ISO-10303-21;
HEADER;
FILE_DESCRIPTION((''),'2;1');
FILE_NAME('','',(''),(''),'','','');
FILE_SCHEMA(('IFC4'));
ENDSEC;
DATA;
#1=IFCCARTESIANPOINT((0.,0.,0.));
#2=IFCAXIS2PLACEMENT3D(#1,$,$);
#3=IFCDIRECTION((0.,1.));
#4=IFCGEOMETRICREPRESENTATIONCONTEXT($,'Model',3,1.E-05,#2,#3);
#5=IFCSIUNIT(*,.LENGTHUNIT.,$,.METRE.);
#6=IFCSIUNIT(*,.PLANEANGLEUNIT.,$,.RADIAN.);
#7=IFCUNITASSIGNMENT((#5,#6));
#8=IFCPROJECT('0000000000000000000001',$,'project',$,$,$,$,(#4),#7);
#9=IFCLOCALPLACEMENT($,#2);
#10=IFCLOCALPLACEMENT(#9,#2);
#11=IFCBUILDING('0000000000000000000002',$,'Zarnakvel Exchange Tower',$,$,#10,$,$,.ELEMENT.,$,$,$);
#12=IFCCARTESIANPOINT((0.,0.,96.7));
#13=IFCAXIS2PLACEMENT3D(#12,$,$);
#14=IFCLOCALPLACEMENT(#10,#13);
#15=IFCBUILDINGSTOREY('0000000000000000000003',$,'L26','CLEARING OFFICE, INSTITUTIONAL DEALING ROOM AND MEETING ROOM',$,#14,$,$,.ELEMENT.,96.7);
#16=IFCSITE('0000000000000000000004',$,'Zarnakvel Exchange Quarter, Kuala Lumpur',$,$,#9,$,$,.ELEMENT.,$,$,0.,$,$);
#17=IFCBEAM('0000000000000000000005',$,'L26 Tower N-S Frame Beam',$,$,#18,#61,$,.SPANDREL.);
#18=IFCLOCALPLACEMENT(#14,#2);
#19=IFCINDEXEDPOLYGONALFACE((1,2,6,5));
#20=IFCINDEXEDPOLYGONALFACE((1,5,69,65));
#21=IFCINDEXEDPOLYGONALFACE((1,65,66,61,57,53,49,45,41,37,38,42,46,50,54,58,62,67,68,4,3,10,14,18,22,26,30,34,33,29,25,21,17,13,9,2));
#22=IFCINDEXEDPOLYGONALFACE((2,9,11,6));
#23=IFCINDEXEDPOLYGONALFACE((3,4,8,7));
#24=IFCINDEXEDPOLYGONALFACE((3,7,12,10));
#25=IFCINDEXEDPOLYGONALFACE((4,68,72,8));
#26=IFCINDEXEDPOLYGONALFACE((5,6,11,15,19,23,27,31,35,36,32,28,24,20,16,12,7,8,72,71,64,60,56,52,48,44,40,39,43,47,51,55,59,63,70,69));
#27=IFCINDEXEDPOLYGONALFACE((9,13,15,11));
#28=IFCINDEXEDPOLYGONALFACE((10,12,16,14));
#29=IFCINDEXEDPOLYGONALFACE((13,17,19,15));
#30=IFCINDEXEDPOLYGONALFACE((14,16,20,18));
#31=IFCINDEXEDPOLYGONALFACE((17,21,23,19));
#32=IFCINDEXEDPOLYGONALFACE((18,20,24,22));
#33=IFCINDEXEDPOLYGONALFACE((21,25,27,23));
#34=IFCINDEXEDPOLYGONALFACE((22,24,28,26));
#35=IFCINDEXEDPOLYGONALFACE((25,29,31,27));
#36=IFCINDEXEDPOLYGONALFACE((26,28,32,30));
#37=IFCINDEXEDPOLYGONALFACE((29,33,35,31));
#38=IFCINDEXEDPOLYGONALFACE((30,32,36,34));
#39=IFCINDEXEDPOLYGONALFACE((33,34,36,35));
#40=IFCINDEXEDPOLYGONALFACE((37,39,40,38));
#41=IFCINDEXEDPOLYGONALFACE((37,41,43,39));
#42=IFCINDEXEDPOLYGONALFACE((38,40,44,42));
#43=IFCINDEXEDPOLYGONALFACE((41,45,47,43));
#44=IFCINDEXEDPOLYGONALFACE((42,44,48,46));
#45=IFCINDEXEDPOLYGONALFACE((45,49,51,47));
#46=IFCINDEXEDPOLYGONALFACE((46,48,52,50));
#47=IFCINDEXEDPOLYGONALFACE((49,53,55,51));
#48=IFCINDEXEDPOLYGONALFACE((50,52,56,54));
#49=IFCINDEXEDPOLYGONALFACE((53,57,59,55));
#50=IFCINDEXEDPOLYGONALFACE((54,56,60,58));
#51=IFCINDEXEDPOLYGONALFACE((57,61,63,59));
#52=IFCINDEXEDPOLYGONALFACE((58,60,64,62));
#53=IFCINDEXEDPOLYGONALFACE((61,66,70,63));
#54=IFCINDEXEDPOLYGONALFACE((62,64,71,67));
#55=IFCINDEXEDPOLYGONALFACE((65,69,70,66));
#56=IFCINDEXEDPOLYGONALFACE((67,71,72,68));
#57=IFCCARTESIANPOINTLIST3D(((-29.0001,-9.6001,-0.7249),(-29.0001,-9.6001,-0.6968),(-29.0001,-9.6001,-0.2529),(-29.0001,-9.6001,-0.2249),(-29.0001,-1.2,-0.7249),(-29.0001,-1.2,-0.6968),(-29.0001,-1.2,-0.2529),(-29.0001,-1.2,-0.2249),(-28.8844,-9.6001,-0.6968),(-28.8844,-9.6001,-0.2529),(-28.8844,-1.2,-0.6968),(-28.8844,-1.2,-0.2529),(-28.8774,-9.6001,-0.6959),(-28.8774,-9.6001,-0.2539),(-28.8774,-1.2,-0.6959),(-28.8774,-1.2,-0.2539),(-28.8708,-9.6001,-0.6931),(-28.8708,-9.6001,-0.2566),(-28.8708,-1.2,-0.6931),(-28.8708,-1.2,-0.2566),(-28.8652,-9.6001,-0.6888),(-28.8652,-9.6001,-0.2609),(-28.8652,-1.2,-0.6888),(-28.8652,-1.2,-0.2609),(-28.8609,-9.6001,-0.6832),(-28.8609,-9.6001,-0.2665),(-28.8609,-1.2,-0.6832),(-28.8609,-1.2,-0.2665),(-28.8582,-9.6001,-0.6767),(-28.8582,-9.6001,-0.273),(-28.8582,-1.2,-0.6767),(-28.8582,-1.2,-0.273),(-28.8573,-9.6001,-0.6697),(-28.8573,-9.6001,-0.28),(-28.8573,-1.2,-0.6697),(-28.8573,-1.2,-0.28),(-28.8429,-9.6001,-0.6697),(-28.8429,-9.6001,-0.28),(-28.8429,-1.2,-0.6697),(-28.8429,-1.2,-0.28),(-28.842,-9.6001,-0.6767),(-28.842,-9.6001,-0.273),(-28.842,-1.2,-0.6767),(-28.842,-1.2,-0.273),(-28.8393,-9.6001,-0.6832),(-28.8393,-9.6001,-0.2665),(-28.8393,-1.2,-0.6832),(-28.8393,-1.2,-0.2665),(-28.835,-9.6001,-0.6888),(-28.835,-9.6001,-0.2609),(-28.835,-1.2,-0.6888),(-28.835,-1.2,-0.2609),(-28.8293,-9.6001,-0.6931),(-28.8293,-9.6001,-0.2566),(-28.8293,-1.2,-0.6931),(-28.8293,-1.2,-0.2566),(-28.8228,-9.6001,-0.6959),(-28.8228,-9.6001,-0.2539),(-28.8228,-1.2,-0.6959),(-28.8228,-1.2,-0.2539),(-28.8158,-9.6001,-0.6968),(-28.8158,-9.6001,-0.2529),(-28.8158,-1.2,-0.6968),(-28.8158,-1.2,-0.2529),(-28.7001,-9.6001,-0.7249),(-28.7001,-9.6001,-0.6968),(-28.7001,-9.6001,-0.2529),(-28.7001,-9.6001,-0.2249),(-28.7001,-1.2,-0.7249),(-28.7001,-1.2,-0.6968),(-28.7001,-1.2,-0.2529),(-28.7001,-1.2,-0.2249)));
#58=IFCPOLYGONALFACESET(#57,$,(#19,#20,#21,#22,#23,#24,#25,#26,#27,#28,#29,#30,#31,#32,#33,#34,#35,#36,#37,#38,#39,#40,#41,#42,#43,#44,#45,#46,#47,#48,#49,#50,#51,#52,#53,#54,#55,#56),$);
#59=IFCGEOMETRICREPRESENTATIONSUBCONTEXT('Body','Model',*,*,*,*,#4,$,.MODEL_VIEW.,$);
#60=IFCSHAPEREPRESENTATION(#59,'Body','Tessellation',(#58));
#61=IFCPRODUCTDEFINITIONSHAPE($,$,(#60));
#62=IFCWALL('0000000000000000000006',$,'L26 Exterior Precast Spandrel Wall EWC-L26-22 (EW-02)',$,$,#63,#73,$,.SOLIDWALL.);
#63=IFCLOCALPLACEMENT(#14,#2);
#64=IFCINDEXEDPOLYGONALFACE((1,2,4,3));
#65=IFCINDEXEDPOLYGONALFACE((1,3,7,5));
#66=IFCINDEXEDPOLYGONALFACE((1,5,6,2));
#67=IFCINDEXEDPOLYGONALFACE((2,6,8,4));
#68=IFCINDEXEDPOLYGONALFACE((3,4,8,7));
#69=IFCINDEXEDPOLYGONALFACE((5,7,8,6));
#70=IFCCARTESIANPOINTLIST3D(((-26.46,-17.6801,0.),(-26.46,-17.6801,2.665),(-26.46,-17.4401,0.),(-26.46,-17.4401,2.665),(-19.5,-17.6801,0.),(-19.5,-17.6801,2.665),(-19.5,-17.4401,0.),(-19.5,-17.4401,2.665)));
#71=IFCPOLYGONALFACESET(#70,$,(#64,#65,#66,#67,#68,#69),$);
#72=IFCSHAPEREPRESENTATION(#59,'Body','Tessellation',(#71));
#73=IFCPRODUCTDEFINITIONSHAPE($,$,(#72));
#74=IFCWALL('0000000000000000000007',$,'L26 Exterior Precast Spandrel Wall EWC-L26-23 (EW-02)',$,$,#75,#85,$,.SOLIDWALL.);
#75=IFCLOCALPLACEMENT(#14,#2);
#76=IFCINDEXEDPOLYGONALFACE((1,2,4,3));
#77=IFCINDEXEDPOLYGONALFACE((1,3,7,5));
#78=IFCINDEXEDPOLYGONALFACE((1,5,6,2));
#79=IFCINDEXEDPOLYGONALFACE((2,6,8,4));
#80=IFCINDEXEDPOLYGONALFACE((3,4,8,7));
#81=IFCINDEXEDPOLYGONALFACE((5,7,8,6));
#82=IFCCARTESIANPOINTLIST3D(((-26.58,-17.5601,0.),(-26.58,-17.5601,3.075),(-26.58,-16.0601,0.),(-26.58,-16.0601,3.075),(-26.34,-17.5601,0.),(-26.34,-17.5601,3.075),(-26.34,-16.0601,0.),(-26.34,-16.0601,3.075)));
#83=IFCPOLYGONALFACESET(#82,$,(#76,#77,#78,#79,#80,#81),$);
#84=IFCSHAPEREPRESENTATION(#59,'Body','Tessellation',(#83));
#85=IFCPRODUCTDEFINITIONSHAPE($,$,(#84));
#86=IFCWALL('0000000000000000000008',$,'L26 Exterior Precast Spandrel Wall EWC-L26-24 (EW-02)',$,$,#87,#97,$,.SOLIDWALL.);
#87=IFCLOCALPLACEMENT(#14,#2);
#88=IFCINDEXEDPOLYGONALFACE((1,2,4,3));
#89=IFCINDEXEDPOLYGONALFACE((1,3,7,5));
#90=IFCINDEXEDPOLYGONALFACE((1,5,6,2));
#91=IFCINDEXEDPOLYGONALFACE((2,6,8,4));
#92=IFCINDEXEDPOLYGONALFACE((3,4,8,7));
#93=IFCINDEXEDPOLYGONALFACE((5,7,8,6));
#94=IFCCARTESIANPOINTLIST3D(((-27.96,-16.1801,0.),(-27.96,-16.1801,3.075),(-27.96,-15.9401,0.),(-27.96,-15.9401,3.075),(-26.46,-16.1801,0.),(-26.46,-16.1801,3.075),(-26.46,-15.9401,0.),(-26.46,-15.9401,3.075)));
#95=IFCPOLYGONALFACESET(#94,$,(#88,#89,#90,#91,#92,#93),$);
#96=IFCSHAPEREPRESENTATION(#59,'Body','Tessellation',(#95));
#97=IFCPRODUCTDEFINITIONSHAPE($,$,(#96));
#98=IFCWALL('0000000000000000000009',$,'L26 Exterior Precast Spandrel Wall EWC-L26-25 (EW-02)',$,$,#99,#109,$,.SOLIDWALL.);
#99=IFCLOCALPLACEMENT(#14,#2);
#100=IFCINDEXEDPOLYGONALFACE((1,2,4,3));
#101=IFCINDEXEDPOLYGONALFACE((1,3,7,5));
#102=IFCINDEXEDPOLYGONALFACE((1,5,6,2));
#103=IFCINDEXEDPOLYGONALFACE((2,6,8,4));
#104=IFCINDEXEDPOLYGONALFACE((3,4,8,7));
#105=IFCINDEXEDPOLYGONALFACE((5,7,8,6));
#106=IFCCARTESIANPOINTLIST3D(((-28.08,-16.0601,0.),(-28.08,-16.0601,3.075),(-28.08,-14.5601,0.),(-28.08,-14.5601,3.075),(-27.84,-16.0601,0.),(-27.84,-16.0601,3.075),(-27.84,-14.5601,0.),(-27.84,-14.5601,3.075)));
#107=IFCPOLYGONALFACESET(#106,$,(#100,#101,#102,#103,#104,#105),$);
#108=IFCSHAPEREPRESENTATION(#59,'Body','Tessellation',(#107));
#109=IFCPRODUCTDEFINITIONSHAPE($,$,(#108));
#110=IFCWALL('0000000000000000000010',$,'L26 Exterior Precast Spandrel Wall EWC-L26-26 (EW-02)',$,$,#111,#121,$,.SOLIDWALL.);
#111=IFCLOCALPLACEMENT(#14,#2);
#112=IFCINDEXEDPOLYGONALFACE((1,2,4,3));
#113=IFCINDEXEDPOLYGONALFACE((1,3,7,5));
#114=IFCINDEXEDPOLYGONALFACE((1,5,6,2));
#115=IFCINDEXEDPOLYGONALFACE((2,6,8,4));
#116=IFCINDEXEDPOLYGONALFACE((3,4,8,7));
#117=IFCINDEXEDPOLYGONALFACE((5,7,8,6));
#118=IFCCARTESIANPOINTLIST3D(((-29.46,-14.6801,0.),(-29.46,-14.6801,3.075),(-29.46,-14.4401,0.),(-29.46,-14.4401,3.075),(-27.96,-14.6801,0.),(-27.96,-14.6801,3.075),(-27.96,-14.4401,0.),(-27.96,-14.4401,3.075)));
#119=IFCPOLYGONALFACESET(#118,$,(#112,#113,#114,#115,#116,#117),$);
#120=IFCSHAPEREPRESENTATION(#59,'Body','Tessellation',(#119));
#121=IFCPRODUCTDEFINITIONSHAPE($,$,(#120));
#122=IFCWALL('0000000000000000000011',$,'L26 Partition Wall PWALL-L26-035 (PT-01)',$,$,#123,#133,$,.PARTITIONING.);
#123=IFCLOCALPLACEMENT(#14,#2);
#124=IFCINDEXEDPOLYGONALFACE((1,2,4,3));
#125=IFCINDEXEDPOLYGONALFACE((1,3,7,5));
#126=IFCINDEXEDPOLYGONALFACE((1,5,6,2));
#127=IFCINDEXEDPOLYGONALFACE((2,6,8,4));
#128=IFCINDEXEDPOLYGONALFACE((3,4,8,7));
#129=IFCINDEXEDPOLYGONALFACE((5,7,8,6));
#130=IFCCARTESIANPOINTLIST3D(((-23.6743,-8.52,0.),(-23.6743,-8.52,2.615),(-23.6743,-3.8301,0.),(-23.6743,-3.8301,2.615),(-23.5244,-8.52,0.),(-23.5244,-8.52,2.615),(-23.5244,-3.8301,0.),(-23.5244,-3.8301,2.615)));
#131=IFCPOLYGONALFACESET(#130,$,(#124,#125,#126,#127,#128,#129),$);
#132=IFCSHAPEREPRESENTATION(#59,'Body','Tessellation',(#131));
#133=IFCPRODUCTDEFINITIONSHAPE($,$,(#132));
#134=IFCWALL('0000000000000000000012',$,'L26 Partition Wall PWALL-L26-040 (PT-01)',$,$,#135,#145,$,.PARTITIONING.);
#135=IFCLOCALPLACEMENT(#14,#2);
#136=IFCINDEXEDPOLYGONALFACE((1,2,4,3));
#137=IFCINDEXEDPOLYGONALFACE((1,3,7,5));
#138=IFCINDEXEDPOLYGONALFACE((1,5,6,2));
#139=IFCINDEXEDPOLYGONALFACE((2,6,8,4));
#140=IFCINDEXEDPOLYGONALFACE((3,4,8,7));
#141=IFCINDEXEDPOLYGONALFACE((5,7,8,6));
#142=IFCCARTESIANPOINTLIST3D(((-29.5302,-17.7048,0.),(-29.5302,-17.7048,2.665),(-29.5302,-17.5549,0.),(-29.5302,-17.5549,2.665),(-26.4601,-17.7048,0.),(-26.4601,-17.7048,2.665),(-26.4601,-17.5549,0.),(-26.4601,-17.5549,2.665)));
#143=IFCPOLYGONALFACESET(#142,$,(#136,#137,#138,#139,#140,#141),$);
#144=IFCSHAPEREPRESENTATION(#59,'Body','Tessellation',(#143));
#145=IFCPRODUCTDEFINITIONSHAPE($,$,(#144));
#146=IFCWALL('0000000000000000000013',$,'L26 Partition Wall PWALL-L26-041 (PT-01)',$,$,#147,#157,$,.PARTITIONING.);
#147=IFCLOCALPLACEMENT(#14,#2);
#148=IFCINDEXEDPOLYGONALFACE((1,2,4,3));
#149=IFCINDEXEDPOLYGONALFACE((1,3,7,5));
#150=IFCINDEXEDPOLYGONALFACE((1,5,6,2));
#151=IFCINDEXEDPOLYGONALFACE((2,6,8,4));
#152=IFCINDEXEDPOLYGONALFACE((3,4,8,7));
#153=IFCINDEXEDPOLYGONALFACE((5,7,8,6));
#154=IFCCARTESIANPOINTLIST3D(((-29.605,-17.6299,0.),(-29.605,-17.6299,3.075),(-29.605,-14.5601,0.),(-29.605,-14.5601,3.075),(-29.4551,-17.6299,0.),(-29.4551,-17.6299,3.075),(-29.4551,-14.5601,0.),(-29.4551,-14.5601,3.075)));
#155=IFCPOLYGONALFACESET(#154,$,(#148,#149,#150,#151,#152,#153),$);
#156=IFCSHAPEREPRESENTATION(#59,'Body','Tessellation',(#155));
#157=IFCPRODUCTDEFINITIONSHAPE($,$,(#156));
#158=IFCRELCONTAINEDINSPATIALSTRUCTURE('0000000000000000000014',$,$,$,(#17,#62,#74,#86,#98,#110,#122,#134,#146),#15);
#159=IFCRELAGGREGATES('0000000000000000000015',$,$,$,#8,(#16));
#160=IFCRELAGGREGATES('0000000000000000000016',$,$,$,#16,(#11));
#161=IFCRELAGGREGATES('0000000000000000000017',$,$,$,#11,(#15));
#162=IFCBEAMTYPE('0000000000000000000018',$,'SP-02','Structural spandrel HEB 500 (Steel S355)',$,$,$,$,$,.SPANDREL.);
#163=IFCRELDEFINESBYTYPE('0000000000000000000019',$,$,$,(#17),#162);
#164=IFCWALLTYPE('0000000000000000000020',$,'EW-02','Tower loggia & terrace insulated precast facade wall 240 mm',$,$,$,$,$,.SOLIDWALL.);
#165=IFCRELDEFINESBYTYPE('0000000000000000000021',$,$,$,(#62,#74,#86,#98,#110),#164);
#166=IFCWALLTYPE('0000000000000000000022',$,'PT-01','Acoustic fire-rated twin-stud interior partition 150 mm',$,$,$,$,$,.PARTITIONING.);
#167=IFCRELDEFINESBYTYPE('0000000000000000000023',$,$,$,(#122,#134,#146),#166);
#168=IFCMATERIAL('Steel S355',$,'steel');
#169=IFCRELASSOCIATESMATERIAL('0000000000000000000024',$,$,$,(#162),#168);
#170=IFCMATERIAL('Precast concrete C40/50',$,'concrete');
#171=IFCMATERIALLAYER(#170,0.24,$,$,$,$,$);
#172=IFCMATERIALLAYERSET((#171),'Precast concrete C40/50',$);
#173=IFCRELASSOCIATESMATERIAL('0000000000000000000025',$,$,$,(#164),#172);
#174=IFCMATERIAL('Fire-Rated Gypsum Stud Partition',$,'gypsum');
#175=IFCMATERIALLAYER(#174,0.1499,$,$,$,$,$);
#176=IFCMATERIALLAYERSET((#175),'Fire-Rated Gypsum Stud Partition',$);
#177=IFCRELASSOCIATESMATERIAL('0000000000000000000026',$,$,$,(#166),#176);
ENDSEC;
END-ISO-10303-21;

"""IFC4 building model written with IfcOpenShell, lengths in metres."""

from ifc_helpers import new_model, si_unit, direction, frame, frame_2d, origin, origin_2d, place, context, subcontext, project, spatial, rectangle, i_section, extrude, material, layer, layer_set, material_profile, profile_set, type_object, element, save


model = new_model("IFC4")

# Units and contexts
model_context = context("Model", 3, precision=1e-05, world=origin(), true_north=direction((0.0, 1.0)))
body_context = subcontext(model_context, "Body", "Model", "MODEL_VIEW")
ifc_project = project(units=[si_unit("LENGTHUNIT", "METRE"), si_unit("PLANEANGLEUNIT", "RADIAN")], contexts=[model_context])

# Site, building, storey
site_placement = place(None, origin())
site = spatial("IfcSite", under=ifc_project, at=site_placement, Name="Zarnakvel Exchange Quarter, Kuala Lumpur", CompositionType="ELEMENT", RefElevation=0.0)
building_placement = place(site_placement, origin())
building = spatial("IfcBuilding", under=site, at=building_placement, Name="Zarnakvel Exchange Tower", CompositionType="ELEMENT")
storey_placement = place(building_placement, frame((0.0, 0.0, 96.7)))
storey = spatial("IfcBuildingStorey", under=building, at=storey_placement, Name="L26", Description="CLEARING OFFICE, INSTITUTIONAL DEALING ROOM AND MEETING ROOM", CompositionType="ELEMENT", Elevation=96.7)

# Shared definitions
ifc_material_1 = material(Name="Steel S355", Category="steel")

# Beam
ifc_material_profile_1 = material_profile(ifc_material_1, i_section(OverallWidth=0.3, OverallDepth=0.5, WebThickness=0.0144, FlangeThickness=0.0281, FilletRadius=0.0271, at=origin_2d()))
ifc_profile_set_1 = profile_set([ifc_material_profile_1], Name="Steel S355")
beam_type_1 = type_object("IfcBeamType", Name="SP-02", Description="Structural spandrel HEB 500 (Steel S355)", PredefinedType="SPANDREL", material=ifc_profile_set_1)
beam_1_placement = place(storey_placement, frame((-28.8501, -9.6001, -0.4749), z_axis=(0.0, 1.0, 0.0), x_axis=(-1.0, 0.0, 0.0)))
element("IfcBeam", 1, at=beam_1_placement, inside=storey, type_object=beam_type_1, Name="L26 Tower N-S Frame Beam", PredefinedType="SPANDREL", context=body_context, shape_type="SweptSolid", body=[
    extrude(i_section(OverallWidth=0.3, OverallDepth=0.5, WebThickness=0.0144, FlangeThickness=0.0281, FilletRadius=0.0271, at=origin_2d()), origin(), (0.0, 0.0, 1.0), 8.4001),
])

# Walls
ifc_material_2 = material(Name="Precast concrete C40/50", Category="concrete")
ifc_layer_1 = layer(ifc_material_2, 0.24)
ifc_layer_set_1 = layer_set([ifc_layer_1], Name="Precast concrete C40/50")
wall_type_1 = type_object("IfcWallType", Name="EW-02", Description="Tower loggia & terrace insulated precast facade wall 240 mm", PredefinedType="SOLIDWALL", material=ifc_layer_set_1)
wall_1_placement = place(storey_placement, frame((-26.46, -17.5601, 0.0), z_axis=(0.0, 0.0, 1.0), x_axis=(1.0, 0.0, 0.0)))
element("IfcWall", 2, at=wall_1_placement, inside=storey, type_object=wall_type_1, Name="L26 Exterior Precast Spandrel Wall EWC-L26-22 (EW-02)", PredefinedType="SOLIDWALL", context=body_context, shape_type="SweptSolid", body=[
    extrude(rectangle(XDim=6.96, YDim=0.24, at=frame_2d((3.48, 0.0))), origin(), (0.0, 0.0, 1.0), 2.665),
])
for number, where, z_axis, x_axis, name in (
    (3, (-26.46, -16.0601, 0.0), (0.0, 0.0, 1.0), (0.0, -1.0, 0.0), "L26 Exterior Precast Spandrel Wall EWC-L26-23 (EW-02)"),
    (4, (-27.96, -16.0601, 0.0), (0.0, 0.0, 1.0), (1.0, 0.0, 0.0), "L26 Exterior Precast Spandrel Wall EWC-L26-24 (EW-02)"),
    (5, (-27.96, -14.5601, 0.0), (0.0, 0.0, 1.0), (0.0, -1.0, 0.0), "L26 Exterior Precast Spandrel Wall EWC-L26-25 (EW-02)"),
    (6, (-29.46, -14.5601, 0.0), (0.0, 0.0, 1.0), (1.0, 0.0, 0.0), "L26 Exterior Precast Spandrel Wall EWC-L26-26 (EW-02)"),
):
    element("IfcWall", number, at=place(storey_placement, frame(where, z_axis=z_axis, x_axis=x_axis)), inside=storey, type_object=wall_type_1, Name=name, PredefinedType="SOLIDWALL", context=body_context, shape_type="SweptSolid", body=[
        extrude(rectangle(XDim=1.5, YDim=0.24, at=frame_2d((0.75, 0.0))), origin(), (0.0, 0.0, 1.0), 3.075),
    ])
ifc_material_3 = material(Name="Fire-Rated Gypsum Stud Partition", Category="gypsum")
ifc_layer_2 = layer(ifc_material_3, 0.1499)
ifc_layer_set_2 = layer_set([ifc_layer_2], Name="Fire-Rated Gypsum Stud Partition")
wall_type_2 = type_object("IfcWallType", Name="PT-01", Description="Acoustic fire-rated twin-stud interior partition 150 mm", PredefinedType="PARTITIONING", material=ifc_layer_set_2)
wall_2_placement = place(storey_placement, frame((-23.5994, -8.52, 0.0), z_axis=(0.0, 0.0, 1.0), x_axis=(0.0, 1.0, 0.0)))
element("IfcWall", 7, at=wall_2_placement, inside=storey, type_object=wall_type_2, Name="L26 Partition Wall PWALL-L26-035 (PT-01)", PredefinedType="PARTITIONING", context=body_context, shape_type="SweptSolid", body=[
    extrude(rectangle(XDim=4.6899, YDim=0.1499, at=frame_2d((2.345, 0.0))), origin(), (0.0, 0.0, 1.0), 2.615),
])
wall_3_placement = place(storey_placement, frame((-26.46, -17.6299, 0.0), z_axis=(0.0, 0.0, 1.0), x_axis=(-1.0, 0.0, 0.0)))
element("IfcWall", 8, at=wall_3_placement, inside=storey, type_object=wall_type_2, Name="L26 Partition Wall PWALL-L26-040 (PT-01)", PredefinedType="PARTITIONING", context=body_context, shape_type="SweptSolid", body=[
    extrude(rectangle(XDim=3.0701, YDim=0.1499, at=frame_2d((1.5352, 0.0))), origin(), (0.0, 0.0, 1.0), 2.665),
])
wall_4_placement = place(storey_placement, frame((-29.53, -17.6299, 0.0), z_axis=(0.0, 0.0, 1.0), x_axis=(0.0, 1.0, 0.0)))
element("IfcWall", 9, at=wall_4_placement, inside=storey, type_object=wall_type_2, Name="L26 Partition Wall PWALL-L26-041 (PT-01)", PredefinedType="PARTITIONING", context=body_context, shape_type="SweptSolid", body=[
    extrude(rectangle(XDim=3.0698, YDim=0.1499, at=frame_2d((1.5349, 0.0))), origin(), (0.0, 0.0, 1.0), 3.075),
])

save(model, "model.ifc")
